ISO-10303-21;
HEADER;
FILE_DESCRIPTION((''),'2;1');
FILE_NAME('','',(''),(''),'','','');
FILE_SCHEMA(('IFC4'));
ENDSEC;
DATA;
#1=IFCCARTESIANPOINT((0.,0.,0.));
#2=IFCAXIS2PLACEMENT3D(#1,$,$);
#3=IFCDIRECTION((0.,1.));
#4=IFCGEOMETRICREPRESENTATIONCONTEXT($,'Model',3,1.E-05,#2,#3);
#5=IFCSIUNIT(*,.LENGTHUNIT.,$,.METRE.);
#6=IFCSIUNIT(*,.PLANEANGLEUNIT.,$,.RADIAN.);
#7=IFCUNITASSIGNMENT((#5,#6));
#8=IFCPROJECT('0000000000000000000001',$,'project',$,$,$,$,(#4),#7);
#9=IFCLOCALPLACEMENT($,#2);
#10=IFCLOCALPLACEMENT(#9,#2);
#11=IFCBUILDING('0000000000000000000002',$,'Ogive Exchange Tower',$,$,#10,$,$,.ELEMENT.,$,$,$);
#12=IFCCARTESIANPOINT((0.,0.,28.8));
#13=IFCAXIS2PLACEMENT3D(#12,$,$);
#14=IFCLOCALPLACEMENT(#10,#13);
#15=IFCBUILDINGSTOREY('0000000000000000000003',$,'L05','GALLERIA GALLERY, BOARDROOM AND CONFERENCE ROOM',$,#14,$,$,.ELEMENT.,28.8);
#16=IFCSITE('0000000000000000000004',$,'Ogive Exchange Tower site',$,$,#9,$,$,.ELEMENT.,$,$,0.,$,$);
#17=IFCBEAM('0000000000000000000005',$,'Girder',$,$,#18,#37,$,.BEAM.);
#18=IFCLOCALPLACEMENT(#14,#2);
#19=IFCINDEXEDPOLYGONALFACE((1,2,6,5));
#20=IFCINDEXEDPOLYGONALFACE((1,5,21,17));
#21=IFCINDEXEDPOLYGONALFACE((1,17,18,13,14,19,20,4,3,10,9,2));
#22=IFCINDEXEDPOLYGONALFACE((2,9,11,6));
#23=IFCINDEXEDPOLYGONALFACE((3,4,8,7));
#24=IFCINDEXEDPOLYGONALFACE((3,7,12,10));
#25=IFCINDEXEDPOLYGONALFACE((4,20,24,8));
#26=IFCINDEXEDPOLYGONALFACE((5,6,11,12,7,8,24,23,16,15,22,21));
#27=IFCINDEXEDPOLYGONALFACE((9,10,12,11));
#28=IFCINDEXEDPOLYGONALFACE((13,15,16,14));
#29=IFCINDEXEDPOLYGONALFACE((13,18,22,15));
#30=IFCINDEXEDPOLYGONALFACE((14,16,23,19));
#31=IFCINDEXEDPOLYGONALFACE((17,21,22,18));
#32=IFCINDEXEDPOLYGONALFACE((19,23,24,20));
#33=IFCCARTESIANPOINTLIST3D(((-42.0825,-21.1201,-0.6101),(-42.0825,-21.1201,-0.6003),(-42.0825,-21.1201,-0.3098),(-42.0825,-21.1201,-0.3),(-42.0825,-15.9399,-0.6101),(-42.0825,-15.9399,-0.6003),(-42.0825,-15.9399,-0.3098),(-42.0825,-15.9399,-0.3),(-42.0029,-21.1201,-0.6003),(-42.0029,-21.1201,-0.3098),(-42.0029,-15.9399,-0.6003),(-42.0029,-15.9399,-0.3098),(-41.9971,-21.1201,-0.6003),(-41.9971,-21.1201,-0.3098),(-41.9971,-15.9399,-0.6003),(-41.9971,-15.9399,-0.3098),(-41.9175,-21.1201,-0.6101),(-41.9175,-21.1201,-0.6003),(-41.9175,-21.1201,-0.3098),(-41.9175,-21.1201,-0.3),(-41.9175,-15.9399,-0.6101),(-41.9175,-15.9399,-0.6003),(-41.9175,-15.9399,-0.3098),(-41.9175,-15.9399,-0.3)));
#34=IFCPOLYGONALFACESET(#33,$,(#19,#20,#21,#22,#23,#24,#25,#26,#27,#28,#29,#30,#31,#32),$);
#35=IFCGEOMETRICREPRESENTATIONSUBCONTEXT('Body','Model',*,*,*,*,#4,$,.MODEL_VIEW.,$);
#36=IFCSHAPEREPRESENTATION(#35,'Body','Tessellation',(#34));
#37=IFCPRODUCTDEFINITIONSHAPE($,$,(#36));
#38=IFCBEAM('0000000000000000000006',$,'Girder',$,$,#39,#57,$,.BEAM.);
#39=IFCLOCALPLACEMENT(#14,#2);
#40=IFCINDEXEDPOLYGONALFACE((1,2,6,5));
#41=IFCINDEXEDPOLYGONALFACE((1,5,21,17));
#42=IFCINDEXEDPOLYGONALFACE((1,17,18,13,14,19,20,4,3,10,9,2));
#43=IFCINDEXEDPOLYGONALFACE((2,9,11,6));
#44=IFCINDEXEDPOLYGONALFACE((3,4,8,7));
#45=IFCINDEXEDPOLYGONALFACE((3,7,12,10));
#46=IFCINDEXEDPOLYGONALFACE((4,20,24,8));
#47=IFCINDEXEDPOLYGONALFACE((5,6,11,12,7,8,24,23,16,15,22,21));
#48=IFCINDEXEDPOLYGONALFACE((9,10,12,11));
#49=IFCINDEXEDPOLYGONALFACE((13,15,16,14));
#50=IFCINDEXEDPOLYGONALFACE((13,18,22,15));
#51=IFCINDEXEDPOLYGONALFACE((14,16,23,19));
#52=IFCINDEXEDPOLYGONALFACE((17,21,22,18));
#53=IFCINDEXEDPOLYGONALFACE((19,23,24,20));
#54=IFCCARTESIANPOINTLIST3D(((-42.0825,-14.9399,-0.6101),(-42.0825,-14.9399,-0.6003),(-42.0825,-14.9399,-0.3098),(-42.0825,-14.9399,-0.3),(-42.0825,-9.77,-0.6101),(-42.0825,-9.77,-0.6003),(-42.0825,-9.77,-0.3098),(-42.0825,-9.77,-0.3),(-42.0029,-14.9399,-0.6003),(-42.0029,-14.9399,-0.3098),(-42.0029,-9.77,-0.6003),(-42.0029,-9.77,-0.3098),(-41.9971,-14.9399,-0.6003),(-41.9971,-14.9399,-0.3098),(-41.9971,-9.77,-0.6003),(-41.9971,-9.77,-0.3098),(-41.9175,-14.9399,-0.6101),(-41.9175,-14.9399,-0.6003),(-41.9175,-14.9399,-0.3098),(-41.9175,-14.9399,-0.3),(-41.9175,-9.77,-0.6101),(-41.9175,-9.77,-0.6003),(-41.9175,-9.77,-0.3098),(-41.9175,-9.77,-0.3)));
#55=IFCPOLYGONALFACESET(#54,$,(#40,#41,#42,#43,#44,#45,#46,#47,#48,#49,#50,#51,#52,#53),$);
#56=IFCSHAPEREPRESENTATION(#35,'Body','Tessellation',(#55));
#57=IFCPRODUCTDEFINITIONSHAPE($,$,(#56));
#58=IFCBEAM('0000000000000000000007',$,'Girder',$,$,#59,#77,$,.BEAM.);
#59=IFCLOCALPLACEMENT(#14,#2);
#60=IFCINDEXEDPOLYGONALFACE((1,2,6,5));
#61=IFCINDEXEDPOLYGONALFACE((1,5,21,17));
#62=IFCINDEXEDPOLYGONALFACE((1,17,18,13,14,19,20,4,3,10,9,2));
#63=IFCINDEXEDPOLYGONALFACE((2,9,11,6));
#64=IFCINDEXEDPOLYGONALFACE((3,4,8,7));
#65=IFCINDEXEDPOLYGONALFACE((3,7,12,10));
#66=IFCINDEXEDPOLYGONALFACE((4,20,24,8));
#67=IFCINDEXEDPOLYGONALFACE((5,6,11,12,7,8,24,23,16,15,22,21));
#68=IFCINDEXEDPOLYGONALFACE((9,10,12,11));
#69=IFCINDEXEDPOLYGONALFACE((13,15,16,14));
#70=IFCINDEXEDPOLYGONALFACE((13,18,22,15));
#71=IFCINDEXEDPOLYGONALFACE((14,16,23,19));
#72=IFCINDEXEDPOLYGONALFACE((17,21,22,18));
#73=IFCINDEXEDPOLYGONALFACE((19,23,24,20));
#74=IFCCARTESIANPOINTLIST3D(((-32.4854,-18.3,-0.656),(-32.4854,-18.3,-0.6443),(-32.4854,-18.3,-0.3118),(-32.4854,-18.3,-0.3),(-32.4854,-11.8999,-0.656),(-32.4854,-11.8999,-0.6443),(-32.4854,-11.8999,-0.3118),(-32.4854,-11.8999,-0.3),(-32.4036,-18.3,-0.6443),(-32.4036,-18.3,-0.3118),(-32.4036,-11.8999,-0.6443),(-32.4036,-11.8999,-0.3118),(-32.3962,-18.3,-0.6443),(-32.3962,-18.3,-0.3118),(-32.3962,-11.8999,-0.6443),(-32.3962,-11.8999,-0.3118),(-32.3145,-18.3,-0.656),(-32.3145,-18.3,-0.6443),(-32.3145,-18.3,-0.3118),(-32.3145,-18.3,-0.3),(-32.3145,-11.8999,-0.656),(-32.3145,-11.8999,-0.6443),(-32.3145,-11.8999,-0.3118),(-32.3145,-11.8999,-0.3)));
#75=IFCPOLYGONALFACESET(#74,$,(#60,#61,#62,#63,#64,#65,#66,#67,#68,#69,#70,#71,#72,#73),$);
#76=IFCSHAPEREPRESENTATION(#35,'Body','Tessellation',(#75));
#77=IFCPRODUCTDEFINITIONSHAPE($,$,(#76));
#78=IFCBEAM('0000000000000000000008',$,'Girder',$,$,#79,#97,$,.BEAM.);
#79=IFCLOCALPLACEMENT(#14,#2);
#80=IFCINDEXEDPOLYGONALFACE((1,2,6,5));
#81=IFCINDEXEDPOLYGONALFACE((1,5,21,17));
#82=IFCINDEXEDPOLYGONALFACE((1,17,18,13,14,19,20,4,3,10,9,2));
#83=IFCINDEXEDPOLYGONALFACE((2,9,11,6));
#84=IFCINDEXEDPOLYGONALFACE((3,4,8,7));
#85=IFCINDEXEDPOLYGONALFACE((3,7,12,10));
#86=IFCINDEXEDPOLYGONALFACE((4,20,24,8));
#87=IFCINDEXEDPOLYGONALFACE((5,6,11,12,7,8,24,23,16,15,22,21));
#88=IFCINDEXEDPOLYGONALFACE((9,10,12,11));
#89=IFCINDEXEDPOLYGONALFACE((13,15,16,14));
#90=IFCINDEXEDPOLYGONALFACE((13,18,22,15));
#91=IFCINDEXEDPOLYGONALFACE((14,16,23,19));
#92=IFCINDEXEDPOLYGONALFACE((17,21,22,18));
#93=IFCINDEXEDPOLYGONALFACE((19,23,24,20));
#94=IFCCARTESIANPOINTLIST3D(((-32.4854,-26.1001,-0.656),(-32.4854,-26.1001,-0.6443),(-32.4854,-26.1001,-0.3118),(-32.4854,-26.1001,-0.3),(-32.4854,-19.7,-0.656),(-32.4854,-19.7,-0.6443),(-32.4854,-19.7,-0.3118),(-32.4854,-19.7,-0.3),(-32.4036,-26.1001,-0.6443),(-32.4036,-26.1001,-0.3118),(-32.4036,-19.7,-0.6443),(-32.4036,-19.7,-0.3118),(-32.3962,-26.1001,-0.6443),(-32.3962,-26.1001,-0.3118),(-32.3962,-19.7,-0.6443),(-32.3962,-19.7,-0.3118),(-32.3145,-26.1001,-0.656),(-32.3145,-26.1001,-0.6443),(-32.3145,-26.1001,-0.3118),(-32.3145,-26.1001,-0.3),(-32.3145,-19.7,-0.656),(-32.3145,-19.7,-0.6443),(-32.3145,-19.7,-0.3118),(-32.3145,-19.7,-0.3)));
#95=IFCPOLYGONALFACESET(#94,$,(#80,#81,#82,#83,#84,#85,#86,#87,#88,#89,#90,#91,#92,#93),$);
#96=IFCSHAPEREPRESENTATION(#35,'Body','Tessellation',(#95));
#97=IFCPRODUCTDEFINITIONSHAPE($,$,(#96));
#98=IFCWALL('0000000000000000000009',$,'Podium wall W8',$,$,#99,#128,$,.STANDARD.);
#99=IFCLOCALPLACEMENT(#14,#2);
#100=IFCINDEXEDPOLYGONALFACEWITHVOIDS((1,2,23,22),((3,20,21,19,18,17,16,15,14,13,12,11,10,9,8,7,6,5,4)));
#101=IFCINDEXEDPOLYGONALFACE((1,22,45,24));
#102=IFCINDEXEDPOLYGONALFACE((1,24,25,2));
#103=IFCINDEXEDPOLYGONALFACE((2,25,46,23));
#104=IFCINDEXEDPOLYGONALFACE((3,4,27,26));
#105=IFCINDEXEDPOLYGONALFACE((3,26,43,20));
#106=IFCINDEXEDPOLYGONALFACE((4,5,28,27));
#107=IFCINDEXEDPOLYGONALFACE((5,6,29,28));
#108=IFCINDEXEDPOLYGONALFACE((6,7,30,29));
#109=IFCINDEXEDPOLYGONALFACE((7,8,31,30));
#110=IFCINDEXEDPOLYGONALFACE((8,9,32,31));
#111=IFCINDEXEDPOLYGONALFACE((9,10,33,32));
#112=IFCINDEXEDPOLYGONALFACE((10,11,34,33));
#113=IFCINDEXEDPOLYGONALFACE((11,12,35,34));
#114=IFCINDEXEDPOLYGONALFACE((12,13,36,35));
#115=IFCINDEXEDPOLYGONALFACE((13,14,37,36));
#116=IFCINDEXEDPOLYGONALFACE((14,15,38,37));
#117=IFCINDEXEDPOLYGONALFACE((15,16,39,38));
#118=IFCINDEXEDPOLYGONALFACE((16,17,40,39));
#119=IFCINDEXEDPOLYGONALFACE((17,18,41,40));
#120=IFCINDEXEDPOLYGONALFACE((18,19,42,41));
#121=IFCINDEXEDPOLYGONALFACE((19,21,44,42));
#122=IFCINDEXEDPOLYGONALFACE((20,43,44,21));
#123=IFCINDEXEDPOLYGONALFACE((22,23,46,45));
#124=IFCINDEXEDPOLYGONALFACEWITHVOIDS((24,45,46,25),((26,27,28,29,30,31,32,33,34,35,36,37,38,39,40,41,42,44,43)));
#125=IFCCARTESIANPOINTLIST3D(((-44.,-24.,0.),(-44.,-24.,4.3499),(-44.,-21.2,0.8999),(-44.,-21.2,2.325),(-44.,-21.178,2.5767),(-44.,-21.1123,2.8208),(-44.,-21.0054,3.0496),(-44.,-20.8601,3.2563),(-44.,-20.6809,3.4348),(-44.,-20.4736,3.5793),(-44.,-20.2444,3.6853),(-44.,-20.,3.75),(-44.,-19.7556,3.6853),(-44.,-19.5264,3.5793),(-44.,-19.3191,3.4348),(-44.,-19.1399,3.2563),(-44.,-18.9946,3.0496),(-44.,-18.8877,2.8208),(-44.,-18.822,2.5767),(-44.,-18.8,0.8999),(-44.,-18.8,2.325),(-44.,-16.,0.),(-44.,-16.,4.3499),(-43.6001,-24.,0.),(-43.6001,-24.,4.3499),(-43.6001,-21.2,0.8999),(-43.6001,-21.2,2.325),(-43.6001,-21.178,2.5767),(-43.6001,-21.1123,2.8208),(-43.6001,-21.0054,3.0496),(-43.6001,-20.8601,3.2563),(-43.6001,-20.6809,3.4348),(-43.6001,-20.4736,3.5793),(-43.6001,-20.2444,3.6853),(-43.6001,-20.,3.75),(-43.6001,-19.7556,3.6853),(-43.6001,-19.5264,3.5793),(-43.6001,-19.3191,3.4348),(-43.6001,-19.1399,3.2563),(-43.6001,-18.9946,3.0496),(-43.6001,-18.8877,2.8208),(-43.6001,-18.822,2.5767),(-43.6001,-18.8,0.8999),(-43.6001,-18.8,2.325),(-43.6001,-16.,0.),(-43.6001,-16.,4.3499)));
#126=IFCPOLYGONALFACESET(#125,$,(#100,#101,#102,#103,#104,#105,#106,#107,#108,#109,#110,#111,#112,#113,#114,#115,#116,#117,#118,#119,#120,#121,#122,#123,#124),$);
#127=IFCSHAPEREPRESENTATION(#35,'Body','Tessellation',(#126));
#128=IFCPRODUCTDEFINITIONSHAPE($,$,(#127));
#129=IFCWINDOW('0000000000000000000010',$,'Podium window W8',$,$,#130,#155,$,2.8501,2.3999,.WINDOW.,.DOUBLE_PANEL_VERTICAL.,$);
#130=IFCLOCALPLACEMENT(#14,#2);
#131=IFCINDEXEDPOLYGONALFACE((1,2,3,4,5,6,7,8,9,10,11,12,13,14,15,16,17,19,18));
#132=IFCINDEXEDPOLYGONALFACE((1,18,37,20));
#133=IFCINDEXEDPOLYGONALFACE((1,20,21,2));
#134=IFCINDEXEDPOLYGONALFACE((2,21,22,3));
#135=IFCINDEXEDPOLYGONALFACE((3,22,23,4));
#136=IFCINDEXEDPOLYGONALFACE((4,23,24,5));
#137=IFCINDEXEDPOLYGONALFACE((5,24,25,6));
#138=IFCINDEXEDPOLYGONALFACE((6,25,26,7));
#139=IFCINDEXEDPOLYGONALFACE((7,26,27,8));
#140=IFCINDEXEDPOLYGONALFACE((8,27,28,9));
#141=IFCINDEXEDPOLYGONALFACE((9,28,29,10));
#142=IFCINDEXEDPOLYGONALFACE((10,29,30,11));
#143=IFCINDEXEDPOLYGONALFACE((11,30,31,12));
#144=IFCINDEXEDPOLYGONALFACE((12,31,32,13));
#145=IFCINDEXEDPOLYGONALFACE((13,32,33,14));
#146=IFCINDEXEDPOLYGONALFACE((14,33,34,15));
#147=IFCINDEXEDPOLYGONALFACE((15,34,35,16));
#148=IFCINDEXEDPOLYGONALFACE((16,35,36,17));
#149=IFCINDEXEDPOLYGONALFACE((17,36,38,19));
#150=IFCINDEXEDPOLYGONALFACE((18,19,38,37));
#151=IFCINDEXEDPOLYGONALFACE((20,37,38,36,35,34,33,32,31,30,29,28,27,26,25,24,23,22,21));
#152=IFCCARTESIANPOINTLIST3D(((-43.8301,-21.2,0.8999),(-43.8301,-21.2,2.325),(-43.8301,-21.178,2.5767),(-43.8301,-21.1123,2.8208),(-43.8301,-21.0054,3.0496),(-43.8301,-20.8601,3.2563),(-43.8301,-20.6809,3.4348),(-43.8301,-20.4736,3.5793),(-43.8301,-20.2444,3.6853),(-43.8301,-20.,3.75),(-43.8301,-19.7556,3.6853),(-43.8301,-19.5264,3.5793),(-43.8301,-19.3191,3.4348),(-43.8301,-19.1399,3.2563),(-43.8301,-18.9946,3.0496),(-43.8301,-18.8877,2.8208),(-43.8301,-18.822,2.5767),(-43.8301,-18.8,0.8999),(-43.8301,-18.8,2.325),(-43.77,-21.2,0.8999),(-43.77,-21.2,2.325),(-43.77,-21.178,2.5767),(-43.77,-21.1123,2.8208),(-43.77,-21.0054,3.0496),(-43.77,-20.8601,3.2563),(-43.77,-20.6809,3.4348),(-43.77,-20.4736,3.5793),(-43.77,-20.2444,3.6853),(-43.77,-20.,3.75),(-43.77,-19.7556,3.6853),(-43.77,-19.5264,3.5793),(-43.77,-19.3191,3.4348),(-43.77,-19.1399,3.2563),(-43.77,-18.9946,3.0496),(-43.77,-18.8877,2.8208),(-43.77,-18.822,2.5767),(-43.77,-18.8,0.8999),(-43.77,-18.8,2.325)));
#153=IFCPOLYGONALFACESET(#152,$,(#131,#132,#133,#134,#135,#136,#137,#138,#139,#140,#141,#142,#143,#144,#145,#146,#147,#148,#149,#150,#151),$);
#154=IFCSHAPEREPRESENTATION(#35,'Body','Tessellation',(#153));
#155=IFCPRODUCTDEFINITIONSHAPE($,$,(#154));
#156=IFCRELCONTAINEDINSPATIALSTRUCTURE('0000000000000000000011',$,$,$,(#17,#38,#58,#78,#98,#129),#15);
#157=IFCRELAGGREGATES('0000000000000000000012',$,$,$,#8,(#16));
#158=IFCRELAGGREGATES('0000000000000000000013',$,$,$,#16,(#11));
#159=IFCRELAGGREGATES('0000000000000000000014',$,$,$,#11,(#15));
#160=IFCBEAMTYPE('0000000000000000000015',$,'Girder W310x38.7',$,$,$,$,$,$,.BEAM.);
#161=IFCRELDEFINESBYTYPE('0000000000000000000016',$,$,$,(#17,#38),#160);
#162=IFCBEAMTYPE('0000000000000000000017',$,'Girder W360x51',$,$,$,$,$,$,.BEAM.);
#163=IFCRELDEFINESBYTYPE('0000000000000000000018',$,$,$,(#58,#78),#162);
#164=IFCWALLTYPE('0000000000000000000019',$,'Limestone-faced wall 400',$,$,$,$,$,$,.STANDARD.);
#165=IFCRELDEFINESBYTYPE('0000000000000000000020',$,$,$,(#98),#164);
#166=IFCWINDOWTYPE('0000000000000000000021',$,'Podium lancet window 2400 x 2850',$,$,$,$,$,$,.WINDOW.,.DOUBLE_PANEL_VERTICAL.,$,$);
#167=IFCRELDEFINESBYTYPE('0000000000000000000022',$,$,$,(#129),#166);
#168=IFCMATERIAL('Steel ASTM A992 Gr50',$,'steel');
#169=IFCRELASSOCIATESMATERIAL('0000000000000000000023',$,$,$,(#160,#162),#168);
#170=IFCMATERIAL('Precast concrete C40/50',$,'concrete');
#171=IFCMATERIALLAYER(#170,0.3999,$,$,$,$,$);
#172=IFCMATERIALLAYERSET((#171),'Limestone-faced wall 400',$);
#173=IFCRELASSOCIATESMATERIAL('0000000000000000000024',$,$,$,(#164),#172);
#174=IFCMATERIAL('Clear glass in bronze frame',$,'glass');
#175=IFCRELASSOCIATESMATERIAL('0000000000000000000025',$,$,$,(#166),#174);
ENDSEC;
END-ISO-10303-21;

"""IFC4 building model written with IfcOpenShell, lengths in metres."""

from ifc_helpers import new_model, si_unit, direction, frame, frame_2d, origin, origin_2d, place, context, subcontext, project, spatial, polyline, rectangle, i_section, outline, extrude, material, layer, layer_set, material_profile, profile_set, type_object, element, fill, save


model = new_model("IFC4")

# Units and contexts
model_context = context("Model", 3, precision=1e-05, world=origin(), true_north=direction((0.0, 1.0)))
body_context = subcontext(model_context, "Body", "Model", "MODEL_VIEW")
ifc_project = project(units=[si_unit("LENGTHUNIT", "METRE"), si_unit("PLANEANGLEUNIT", "RADIAN")], contexts=[model_context])

# Site, building, storey
site_placement = place(None, origin())
site = spatial("IfcSite", under=ifc_project, at=site_placement, Name="Ogive Exchange Tower site", CompositionType="ELEMENT", RefElevation=0.0)
building_placement = place(site_placement, origin())
building = spatial("IfcBuilding", under=site, at=building_placement, Name="Ogive Exchange Tower", CompositionType="ELEMENT")
storey_placement = place(building_placement, frame((0.0, 0.0, 28.8)))
storey = spatial("IfcBuildingStorey", under=building, at=storey_placement, Name="L05", Description="GALLERIA GALLERY, BOARDROOM AND CONFERENCE ROOM", CompositionType="ELEMENT", Elevation=28.8)

# Beams
ifc_material_1 = material(Name="Steel ASTM A992 Gr50", Category="steel")
ifc_material_profile_1 = material_profile(ifc_material_1, i_section(OverallWidth=0.165, OverallDepth=0.3101, WebThickness=0.0059, FlangeThickness=0.0098, at=origin_2d()), Name="W310x38.7")
ifc_profile_set_1 = profile_set([ifc_material_profile_1], Name="Steel ASTM A992 Gr50")
beam_type_1 = type_object("IfcBeamType", Name="Girder W310x38.7", PredefinedType="BEAM", material=ifc_profile_set_1)
beam_1_placement = place(storey_placement, frame((-42.0, -21.1201, -0.4551), z_axis=(0.0, 1.0, 0.0), x_axis=(-1.0, 0.0, 0.0)))
element("IfcBeam", 1, at=beam_1_placement, inside=storey, type_object=beam_type_1, Name="Girder", PredefinedType="BEAM", context=body_context, shape_type="SweptSolid", body=[
    extrude(i_section(OverallWidth=0.165, OverallDepth=0.3101, WebThickness=0.0059, FlangeThickness=0.0098, at=origin_2d()), origin(), (0.0, 0.0, 1.0), 5.1802),
])
beam_2_placement = place(storey_placement, frame((-42.0, -14.9399, -0.4551), z_axis=(0.0, 1.0, 0.0), x_axis=(-1.0, 0.0, 0.0)))
element("IfcBeam", 2, at=beam_2_placement, inside=storey, type_object=beam_type_1, Name="Girder", PredefinedType="BEAM", context=body_context, shape_type="SweptSolid", body=[
    extrude(i_section(OverallWidth=0.165, OverallDepth=0.3101, WebThickness=0.0059, FlangeThickness=0.0098, at=origin_2d()), origin(), (0.0, 0.0, 1.0), 5.1699),
])
ifc_material_profile_2 = material_profile(ifc_material_1, i_section(OverallWidth=0.1709, OverallDepth=0.356, WebThickness=0.0073, FlangeThickness=0.0117, at=origin_2d()), Name="W360x51")
ifc_profile_set_2 = profile_set([ifc_material_profile_2], Name="Steel ASTM A992 Gr50")
beam_type_2 = type_object("IfcBeamType", Name="Girder W360x51", PredefinedType="BEAM", material=ifc_profile_set_2)
for number, where, z_axis, x_axis, name in (
    (3, (-32.3999, -11.8999, -0.478), (0.0, -1.0, 0.0), (1.0, 0.0, 0.0), "Girder"),
    (4, (-32.3999, -19.7, -0.478), (0.0, -1.0, 0.0), (1.0, 0.0, 0.0), "Girder"),
):
    element("IfcBeam", number, at=place(storey_placement, frame(where, z_axis=z_axis, x_axis=x_axis)), inside=storey, type_object=beam_type_2, Name=name, PredefinedType="BEAM", context=body_context, shape_type="SweptSolid", body=[
        extrude(i_section(OverallWidth=0.1709, OverallDepth=0.356, WebThickness=0.0073, FlangeThickness=0.0117, at=origin_2d()), origin(), (0.0, 0.0, 1.0), 6.4001),
    ])

# Wall, opening, window
ifc_material_2 = material(Name="Precast concrete C40/50", Category="concrete")
ifc_layer_1 = layer(ifc_material_2, 0.3999)
ifc_layer_set_1 = layer_set([ifc_layer_1], Name="Limestone-faced wall 400")
wall_type_1 = type_object("IfcWallType", Name="Limestone-faced wall 400", PredefinedType="STANDARD", material=ifc_layer_set_1)
wall_1_placement = place(storey_placement, frame((-43.8, -16.0, 0.0), z_axis=(0.0, 0.0, 1.0), x_axis=(0.0, -1.0, 0.0)))
wall_1 = element("IfcWall", 5, at=wall_1_placement, inside=storey, type_object=wall_type_1, Name="Podium wall W8", PredefinedType="STANDARD", context=body_context, shape_type="SweptSolid", body=[
    extrude(rectangle(XDim=8.0, YDim=0.3999, at=frame_2d((4.0, 0.0))), origin(), (0.0, 0.0, 1.0), 4.3499),
])
opening_1_placement = place(wall_1_placement, frame((2.8, 0.0, 0.8999)))
opening_1 = element("IfcOpeningElement", 6, at=opening_1_placement, cuts=wall_1, PredefinedType="OPENING", context=body_context, shape_type="SweptSolid", body=[
    extrude(outline(polyline([(0.0, 0.0), (2.3999, 0.0), (2.3999, 1.425), (2.3779, 1.6768), (2.3123, 1.9209), (2.2053, 2.1497), (2.0601, 2.3564), (1.8809, 2.5349), (1.6736, 2.6794), (1.4443, 2.7854), (1.2, 2.8501), (0.9556, 2.7854), (0.7263, 2.6794), (0.519, 2.5349), (0.3398, 2.3564), (0.1946, 2.1497), (0.0876, 1.9209), (0.022, 1.6768), (0.0, 1.425), (0.0, 0.0)])), frame((0.0, 0.21, 0.0), z_axis=(0.0, -1.0, 0.0), x_axis=(1.0, 0.0, 0.0)), (0.0, 0.0, 1.0), 0.4199),
])
ifc_material_3 = material(Name="Clear glass in bronze frame", Category="glass")
window_type = type_object("IfcWindowType", Name="Podium lancet window 2400 x 2850", PartitioningType="DOUBLE_PANEL_VERTICAL", PredefinedType="WINDOW", material=ifc_material_3)
window_1_placement = place(opening_1_placement, origin())
window_1 = element("IfcWindow", 7, at=window_1_placement, inside=storey, type_object=window_type, Name="Podium window W8", OverallHeight=2.8501, OverallWidth=2.3999, PartitioningType="DOUBLE_PANEL_VERTICAL", PredefinedType="WINDOW", context=body_context, shape_type="SweptSolid", body=[
    extrude(outline(polyline([(0.0, 0.0), (2.3999, 0.0), (2.3999, 1.425), (2.3779, 1.6768), (2.3123, 1.9209), (2.2053, 2.1497), (2.0601, 2.3564), (1.8809, 2.5349), (1.6736, 2.6794), (1.4443, 2.7854), (1.2, 2.8501), (0.9556, 2.7854), (0.7263, 2.6794), (0.519, 2.5349), (0.3398, 2.3564), (0.1946, 2.1497), (0.0876, 1.9209), (0.022, 1.6768), (0.0, 1.425), (0.0, 0.0)])), frame((0.0, 0.03, 0.0), z_axis=(0.0, -1.0, 0.0), x_axis=(1.0, 0.0, 0.0)), (0.0, 0.0, 1.0), 0.0601),
])
fill(opening_1, window_1)

save(model, "model.ifc")
